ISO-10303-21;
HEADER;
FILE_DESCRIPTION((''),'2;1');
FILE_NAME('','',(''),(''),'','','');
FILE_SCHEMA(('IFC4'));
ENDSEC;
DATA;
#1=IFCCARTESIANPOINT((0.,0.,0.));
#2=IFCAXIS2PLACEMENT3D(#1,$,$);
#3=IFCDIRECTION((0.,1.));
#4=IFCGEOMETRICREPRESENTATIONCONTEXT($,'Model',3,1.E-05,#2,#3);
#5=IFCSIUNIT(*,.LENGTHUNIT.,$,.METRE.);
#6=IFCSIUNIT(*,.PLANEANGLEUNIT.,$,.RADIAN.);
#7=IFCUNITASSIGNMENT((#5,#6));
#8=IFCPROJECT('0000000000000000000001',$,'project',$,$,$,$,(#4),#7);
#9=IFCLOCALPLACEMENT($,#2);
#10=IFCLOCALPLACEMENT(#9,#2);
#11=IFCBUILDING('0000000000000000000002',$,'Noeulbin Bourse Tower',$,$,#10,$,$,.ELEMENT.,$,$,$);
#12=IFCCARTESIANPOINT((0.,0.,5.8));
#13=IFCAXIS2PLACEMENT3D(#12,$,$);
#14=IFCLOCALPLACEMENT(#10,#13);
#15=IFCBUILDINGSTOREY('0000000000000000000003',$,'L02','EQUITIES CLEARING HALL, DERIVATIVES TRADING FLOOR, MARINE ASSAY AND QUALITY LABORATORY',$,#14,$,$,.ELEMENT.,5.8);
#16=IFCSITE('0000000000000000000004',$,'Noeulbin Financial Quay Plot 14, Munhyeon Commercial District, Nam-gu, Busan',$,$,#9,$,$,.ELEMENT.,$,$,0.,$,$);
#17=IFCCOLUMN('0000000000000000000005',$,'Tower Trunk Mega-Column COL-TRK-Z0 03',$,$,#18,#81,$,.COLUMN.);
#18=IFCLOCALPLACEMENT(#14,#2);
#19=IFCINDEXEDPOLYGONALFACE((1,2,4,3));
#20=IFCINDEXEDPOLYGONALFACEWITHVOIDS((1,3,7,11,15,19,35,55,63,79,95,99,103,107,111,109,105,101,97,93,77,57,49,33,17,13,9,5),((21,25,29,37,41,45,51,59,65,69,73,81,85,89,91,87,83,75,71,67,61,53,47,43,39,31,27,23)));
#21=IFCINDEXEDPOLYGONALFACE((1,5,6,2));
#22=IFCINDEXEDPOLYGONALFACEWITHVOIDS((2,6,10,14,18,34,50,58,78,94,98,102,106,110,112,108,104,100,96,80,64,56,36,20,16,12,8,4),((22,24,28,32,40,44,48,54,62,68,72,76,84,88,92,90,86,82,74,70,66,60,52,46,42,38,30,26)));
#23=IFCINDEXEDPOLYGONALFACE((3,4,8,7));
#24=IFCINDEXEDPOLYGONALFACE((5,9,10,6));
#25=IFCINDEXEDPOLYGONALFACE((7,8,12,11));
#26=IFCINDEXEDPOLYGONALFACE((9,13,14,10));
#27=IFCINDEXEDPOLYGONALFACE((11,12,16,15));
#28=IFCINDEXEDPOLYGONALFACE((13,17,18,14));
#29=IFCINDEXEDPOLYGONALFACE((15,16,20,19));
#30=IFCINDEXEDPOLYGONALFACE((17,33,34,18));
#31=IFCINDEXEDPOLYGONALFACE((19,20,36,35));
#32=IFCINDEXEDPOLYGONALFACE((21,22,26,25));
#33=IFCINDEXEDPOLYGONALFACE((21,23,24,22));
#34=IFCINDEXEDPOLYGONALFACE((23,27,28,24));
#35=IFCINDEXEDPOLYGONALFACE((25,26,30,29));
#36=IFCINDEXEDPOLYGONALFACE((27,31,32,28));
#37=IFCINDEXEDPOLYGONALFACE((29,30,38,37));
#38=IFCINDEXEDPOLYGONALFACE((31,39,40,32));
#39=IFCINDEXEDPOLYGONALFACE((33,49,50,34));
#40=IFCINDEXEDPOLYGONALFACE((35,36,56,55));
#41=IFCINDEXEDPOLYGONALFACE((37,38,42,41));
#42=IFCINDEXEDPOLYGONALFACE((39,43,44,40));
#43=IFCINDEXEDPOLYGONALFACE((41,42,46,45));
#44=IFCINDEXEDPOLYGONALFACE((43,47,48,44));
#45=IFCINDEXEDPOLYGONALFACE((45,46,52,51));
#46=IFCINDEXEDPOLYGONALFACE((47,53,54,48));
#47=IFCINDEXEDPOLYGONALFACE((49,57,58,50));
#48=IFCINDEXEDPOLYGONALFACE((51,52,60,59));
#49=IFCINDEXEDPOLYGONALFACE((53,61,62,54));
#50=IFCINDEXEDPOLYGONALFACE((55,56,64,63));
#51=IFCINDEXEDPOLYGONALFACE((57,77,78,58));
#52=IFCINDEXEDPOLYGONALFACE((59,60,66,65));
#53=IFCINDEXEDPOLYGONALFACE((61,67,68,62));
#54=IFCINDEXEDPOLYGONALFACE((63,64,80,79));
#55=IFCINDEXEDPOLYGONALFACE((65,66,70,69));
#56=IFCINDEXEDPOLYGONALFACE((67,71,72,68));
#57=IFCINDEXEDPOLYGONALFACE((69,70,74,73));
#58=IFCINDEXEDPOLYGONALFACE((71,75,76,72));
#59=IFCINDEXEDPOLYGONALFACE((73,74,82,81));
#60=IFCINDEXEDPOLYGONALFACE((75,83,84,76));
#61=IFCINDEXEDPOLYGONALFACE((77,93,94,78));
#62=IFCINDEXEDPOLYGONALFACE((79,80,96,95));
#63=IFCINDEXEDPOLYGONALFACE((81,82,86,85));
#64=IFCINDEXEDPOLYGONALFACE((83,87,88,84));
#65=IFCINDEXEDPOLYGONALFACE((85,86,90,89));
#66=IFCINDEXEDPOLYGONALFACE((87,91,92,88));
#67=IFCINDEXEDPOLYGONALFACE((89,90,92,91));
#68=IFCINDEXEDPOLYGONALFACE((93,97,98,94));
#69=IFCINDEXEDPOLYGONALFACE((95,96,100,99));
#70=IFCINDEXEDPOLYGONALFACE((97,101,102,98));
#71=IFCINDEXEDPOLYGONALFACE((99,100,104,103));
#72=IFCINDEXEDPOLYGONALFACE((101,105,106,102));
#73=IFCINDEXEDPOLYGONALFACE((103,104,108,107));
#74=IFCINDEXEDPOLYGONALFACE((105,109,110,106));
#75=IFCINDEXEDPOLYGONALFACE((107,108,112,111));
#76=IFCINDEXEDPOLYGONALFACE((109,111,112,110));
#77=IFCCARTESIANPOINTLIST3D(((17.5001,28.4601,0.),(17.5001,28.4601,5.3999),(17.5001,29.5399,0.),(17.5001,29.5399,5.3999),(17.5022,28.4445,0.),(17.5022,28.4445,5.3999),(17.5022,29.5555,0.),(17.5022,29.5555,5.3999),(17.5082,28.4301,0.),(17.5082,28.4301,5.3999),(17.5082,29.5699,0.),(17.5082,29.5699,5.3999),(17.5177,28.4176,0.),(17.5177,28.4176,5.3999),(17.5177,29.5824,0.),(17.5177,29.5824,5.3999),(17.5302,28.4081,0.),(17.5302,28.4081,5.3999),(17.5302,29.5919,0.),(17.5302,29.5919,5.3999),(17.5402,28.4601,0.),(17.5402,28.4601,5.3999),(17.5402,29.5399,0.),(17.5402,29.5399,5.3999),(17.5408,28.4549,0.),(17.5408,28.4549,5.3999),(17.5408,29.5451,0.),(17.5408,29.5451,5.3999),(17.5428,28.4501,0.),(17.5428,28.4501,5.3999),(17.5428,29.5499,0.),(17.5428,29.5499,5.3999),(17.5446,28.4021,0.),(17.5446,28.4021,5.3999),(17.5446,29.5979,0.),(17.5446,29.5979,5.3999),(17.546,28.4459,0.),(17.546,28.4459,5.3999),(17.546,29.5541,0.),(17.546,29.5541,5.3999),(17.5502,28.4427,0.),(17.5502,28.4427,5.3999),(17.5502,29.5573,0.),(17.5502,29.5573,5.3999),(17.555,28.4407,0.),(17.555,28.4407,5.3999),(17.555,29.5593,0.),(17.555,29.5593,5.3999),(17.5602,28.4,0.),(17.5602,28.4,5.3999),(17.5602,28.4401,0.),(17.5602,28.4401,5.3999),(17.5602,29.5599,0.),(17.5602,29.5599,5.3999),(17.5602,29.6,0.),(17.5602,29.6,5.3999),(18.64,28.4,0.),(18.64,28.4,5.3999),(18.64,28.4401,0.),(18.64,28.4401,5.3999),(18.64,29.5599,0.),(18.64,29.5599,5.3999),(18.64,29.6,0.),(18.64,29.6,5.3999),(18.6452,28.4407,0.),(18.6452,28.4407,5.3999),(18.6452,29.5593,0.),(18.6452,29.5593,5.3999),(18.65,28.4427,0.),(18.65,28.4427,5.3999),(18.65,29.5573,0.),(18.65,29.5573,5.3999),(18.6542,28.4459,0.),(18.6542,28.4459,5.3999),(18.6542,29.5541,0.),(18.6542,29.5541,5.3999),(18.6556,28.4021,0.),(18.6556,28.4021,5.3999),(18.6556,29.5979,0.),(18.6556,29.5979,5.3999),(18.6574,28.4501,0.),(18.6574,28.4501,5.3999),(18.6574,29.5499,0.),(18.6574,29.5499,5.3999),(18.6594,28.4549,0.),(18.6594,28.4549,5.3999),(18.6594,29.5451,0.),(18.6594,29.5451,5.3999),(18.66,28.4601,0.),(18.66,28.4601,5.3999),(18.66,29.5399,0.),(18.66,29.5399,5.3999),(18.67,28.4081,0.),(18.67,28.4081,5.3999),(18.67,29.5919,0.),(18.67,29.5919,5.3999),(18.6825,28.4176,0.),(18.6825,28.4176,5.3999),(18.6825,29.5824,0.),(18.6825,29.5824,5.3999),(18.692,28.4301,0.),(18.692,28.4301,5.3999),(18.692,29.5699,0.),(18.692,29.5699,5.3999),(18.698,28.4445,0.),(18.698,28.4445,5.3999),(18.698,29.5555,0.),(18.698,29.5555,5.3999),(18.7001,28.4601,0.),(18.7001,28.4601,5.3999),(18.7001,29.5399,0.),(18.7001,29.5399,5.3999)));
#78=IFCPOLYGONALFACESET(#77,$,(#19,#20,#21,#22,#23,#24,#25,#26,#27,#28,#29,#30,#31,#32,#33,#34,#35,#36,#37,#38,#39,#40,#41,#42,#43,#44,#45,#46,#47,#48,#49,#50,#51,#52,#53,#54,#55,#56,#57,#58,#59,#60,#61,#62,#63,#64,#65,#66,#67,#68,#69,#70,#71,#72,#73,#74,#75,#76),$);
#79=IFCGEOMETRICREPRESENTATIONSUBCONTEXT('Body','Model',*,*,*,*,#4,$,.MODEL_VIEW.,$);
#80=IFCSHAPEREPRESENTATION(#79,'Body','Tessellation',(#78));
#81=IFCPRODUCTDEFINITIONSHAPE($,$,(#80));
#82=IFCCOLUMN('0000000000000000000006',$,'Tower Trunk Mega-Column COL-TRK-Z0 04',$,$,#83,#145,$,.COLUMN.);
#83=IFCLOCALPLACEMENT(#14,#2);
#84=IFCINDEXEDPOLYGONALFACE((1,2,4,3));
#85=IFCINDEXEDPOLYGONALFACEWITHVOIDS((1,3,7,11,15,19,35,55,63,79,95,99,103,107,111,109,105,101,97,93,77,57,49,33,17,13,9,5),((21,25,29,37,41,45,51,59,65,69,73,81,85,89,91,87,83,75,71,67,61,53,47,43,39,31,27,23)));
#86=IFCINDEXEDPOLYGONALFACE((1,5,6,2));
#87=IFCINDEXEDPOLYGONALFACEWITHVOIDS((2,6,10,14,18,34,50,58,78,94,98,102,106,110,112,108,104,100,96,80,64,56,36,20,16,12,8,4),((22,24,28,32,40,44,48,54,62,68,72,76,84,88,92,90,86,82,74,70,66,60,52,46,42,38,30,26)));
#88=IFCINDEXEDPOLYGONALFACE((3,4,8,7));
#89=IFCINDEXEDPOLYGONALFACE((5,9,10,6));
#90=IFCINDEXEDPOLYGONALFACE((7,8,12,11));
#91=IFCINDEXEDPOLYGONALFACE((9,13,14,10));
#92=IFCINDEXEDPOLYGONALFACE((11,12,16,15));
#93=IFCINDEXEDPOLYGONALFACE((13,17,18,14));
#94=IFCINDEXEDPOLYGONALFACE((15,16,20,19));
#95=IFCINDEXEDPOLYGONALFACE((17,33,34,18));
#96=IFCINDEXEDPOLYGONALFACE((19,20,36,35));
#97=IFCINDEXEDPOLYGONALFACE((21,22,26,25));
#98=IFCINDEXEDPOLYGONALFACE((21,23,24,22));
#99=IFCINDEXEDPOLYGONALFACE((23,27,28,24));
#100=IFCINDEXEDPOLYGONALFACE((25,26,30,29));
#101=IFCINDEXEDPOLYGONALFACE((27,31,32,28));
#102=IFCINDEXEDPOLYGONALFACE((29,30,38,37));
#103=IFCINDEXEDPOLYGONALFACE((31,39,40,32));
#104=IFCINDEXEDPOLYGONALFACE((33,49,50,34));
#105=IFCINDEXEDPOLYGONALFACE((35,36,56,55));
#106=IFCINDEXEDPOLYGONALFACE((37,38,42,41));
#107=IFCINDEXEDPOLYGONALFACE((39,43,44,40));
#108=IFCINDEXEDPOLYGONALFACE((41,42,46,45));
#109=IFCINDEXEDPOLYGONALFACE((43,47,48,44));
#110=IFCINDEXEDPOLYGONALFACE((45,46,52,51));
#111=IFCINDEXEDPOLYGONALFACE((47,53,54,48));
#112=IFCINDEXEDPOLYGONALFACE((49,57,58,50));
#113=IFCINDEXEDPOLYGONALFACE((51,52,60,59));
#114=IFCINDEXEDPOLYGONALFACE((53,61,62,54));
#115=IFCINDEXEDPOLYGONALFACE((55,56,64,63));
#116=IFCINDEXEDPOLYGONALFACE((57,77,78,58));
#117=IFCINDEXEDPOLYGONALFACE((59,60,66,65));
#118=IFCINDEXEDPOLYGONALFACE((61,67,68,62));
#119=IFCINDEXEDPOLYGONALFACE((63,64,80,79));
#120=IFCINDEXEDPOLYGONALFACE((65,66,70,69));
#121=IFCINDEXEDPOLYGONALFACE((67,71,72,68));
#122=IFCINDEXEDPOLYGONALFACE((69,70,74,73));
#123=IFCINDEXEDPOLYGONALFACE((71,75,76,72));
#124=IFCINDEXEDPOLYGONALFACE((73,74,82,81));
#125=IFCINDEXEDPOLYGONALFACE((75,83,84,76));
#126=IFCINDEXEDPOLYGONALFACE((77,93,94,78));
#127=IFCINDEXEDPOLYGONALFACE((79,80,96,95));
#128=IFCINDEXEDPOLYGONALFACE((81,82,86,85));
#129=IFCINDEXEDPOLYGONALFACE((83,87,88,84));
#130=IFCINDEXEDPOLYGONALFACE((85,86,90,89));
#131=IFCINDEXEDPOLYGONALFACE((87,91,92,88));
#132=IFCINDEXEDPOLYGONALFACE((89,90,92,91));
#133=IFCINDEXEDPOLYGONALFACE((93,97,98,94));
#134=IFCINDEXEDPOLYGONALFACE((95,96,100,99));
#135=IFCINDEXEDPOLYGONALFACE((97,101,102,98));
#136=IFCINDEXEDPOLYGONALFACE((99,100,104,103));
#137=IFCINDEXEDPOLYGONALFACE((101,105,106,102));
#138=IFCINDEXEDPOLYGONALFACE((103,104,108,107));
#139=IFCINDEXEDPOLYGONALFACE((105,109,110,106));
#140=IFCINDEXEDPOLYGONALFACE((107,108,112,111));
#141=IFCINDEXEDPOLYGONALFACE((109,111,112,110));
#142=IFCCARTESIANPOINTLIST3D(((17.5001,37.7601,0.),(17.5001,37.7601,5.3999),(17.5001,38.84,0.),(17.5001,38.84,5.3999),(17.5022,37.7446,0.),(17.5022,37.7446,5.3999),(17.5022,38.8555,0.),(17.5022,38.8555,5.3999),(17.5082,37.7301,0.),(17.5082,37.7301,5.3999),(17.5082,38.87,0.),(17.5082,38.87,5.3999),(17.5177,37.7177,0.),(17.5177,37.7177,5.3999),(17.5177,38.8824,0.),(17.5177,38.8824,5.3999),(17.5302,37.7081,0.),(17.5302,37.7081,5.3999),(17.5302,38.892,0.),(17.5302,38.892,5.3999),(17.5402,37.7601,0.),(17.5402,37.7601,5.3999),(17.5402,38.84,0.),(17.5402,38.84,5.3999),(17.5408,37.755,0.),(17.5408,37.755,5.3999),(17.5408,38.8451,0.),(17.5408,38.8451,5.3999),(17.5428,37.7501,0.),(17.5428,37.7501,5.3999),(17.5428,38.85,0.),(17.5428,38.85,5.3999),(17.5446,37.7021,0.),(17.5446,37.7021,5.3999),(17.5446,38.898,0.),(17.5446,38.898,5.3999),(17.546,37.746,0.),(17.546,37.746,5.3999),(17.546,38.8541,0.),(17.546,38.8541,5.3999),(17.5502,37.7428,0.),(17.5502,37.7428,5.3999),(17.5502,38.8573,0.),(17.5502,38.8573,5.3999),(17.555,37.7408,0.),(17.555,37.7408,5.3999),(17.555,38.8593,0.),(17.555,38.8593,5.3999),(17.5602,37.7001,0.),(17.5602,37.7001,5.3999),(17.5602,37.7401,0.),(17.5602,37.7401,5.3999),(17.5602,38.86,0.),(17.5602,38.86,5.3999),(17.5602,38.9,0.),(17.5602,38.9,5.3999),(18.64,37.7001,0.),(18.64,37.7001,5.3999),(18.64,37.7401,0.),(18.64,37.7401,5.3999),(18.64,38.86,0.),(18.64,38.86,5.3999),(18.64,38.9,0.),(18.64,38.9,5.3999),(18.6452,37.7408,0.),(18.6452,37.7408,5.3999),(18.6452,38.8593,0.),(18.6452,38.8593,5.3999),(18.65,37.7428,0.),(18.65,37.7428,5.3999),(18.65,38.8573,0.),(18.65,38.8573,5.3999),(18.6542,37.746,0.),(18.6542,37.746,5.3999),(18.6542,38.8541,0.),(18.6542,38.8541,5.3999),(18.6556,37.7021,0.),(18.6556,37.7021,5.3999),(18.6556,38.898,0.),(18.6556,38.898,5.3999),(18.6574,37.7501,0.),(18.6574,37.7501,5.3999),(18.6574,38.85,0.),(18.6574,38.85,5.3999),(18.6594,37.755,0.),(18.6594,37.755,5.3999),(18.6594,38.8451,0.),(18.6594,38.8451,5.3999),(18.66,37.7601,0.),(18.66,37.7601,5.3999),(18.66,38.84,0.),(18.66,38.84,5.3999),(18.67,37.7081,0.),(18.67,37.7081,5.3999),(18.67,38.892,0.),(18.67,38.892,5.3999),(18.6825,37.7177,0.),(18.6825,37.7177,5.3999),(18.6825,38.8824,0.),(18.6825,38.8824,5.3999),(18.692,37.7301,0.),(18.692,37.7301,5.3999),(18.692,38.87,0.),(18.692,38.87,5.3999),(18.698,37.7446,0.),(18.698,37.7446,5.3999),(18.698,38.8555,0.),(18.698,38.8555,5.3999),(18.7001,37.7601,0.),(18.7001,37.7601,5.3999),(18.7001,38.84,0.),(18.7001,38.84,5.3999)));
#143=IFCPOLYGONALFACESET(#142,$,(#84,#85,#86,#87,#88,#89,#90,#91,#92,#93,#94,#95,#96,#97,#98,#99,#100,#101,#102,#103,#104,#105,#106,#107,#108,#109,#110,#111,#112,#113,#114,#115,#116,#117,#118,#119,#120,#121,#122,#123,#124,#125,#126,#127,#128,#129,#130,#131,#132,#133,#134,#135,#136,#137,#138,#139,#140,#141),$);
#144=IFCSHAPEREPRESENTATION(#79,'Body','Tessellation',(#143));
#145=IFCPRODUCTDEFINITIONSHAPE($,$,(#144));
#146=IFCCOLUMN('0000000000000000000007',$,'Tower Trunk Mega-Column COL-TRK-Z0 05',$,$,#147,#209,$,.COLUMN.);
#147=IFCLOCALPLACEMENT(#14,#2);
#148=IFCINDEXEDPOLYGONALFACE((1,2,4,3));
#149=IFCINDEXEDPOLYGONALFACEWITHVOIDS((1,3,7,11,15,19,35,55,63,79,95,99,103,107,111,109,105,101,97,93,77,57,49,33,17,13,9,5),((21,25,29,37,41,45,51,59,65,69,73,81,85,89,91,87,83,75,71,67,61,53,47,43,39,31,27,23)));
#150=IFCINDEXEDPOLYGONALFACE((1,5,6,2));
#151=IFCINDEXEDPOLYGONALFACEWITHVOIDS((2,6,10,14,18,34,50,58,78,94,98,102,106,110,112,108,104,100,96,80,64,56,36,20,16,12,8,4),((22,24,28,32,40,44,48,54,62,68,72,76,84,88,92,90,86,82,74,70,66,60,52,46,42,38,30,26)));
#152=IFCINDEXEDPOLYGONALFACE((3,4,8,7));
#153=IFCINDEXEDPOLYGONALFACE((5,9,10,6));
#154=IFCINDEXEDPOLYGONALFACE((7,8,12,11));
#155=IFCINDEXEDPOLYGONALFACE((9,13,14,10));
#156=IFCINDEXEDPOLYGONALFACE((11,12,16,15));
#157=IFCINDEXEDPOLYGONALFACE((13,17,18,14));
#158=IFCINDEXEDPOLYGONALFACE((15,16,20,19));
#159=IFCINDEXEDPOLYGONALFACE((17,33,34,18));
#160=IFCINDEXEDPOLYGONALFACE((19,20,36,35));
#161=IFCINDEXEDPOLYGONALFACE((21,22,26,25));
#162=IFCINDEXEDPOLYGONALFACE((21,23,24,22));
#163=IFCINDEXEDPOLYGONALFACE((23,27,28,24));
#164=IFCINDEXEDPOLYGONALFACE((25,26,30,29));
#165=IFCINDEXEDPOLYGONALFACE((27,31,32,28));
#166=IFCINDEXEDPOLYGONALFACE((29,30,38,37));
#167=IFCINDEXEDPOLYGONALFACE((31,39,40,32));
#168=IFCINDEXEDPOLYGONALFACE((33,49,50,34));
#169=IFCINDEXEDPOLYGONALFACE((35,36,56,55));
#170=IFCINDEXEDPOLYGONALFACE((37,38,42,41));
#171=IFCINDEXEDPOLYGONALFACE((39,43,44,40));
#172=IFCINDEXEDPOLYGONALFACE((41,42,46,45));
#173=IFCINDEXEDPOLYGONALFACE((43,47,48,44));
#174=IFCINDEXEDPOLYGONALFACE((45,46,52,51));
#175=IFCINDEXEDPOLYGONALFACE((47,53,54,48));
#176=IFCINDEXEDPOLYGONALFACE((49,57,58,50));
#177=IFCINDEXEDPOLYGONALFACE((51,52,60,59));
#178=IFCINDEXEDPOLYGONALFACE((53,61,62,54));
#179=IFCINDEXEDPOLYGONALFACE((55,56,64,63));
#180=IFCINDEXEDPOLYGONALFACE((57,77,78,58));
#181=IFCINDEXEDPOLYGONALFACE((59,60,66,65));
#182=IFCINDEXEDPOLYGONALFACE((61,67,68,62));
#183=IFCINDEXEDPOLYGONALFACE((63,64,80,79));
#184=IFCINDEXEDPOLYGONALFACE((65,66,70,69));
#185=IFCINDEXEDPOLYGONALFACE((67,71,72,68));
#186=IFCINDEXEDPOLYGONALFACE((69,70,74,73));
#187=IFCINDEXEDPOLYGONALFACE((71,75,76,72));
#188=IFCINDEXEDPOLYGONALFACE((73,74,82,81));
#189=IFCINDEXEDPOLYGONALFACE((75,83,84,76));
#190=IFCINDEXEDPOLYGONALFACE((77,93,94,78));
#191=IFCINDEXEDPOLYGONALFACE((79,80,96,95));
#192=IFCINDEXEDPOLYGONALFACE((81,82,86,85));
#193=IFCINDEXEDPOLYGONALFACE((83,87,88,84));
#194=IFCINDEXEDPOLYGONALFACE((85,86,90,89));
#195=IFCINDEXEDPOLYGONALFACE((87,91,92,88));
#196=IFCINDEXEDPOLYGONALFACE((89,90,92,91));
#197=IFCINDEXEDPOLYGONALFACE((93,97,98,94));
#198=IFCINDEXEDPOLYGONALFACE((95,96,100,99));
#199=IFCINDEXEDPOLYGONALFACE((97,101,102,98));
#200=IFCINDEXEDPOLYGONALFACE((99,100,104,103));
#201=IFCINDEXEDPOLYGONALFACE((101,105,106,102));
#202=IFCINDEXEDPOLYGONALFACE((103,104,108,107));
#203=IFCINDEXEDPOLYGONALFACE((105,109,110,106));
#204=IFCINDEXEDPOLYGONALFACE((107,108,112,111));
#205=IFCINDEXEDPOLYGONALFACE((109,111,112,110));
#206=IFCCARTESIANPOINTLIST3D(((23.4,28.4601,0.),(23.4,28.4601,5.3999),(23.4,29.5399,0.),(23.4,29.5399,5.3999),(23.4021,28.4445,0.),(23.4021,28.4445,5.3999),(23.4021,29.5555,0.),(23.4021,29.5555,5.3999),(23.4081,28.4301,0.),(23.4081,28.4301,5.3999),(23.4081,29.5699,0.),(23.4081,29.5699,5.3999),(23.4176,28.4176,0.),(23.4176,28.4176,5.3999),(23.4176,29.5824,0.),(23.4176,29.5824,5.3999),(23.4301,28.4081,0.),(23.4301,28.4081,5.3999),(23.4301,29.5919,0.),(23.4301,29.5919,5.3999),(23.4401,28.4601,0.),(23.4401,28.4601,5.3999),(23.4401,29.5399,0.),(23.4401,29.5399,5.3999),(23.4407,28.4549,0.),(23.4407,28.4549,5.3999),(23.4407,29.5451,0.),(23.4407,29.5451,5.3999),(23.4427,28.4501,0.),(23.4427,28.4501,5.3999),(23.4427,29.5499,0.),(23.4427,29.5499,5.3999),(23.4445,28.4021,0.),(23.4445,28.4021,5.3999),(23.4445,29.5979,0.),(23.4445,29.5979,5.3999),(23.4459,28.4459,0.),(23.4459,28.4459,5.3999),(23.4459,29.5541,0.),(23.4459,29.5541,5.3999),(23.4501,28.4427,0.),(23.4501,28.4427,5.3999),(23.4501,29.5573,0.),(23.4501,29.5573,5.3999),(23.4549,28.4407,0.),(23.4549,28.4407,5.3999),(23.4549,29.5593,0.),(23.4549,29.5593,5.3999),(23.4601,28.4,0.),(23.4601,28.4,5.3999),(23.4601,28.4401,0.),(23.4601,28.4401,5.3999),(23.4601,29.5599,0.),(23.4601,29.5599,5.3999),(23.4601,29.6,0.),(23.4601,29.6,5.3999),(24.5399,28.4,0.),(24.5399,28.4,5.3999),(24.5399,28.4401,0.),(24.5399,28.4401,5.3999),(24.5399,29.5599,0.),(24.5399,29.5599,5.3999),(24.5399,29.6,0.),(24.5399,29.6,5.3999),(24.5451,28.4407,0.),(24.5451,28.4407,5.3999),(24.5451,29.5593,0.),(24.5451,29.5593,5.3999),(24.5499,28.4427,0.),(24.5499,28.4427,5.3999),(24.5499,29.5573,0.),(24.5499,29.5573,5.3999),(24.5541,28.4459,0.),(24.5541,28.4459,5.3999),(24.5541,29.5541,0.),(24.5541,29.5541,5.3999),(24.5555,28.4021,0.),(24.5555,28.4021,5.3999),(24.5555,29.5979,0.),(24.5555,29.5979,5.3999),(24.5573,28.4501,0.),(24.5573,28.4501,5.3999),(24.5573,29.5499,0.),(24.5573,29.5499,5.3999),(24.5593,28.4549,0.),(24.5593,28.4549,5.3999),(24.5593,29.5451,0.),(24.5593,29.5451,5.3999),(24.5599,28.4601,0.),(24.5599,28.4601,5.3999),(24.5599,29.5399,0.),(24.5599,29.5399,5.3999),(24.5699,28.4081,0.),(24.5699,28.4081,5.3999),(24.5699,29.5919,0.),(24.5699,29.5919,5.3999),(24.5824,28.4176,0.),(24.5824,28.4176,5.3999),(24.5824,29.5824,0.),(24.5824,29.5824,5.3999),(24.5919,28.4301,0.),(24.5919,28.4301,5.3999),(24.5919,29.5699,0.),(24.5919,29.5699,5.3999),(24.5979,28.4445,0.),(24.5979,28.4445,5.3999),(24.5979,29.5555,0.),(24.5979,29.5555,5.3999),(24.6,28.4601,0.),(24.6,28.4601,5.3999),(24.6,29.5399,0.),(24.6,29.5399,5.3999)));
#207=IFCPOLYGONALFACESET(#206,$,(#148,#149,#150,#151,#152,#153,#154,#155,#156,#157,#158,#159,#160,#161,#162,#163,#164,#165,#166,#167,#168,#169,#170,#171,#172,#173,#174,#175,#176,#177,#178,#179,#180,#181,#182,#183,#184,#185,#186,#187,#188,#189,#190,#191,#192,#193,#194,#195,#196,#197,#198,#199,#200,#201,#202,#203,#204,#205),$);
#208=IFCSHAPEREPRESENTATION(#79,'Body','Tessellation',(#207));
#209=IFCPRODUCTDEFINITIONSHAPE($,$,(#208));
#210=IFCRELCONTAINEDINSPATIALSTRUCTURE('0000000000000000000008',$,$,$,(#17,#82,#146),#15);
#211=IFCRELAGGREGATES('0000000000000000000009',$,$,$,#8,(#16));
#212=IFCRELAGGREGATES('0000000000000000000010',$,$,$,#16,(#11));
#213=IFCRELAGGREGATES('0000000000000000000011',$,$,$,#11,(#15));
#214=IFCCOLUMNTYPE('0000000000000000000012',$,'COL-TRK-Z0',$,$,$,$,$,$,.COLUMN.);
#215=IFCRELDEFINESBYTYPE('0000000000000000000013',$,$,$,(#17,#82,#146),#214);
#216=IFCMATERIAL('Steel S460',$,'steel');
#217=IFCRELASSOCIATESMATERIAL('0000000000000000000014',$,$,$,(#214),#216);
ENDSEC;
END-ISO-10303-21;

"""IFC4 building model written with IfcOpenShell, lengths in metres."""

from ifc_helpers import new_model, si_unit, direction, frame, origin, origin_2d, place, context, subcontext, project, spatial, hollow_rectangle, extrude, material, material_profile, profile_set, type_object, element, save


model = new_model("IFC4")

# Units and contexts
model_context = context("Model", 3, precision=1e-05, world=origin(), true_north=direction((0.0, 1.0)))
body_context = subcontext(model_context, "Body", "Model", "MODEL_VIEW")
ifc_project = project(units=[si_unit("LENGTHUNIT", "METRE"), si_unit("PLANEANGLEUNIT", "RADIAN")], contexts=[model_context])

# Site, building, storey
site_placement = place(None, origin())
site = spatial("IfcSite", under=ifc_project, at=site_placement, Name="Noeulbin Financial Quay Plot 14, Munhyeon Commercial District, Nam-gu, Busan", CompositionType="ELEMENT", RefElevation=0.0)
building_placement = place(site_placement, origin())
building = spatial("IfcBuilding", under=site, at=building_placement, Name="Noeulbin Bourse Tower", CompositionType="ELEMENT")
storey_placement = place(building_placement, frame((0.0, 0.0, 5.8)))
storey = spatial("IfcBuildingStorey", under=building, at=storey_placement, Name="L02", Description="EQUITIES CLEARING HALL, DERIVATIVES TRADING FLOOR, MARINE ASSAY AND QUALITY LABORATORY", CompositionType="ELEMENT", Elevation=5.8)

# Columns
ifc_material_1 = material(Name="Steel S460", Category="steel")
ifc_material_profile_1 = material_profile(ifc_material_1, hollow_rectangle(XDim=1.2, YDim=1.2, WallThickness=0.04, InnerFilletRadius=0.02, OuterFilletRadius=0.0601, at=origin_2d()), Name="BOX-1200x1200x40", Category="LoadBearing")
ifc_profile_set_1 = profile_set([ifc_material_profile_1], Name="Steel S460")
column_type = type_object("IfcColumnType", Name="COL-TRK-Z0", PredefinedType="COLUMN", material=ifc_profile_set_1)
for number, where, z_axis, x_axis, name in (
    (1, (18.1001, 29.0, 0.0), (0.0, 0.0, 1.0), (1.0, 0.0, 0.0), "Tower Trunk Mega-Column COL-TRK-Z0 03"),
    (2, (18.1001, 38.3, 0.0), (0.0, 0.0, 1.0), (1.0, 0.0, 0.0), "Tower Trunk Mega-Column COL-TRK-Z0 04"),
    (3, (24.0, 29.0, 0.0), (0.0, 0.0, 1.0), (1.0, 0.0, 0.0), "Tower Trunk Mega-Column COL-TRK-Z0 05"),
):
    element("IfcColumn", number, at=place(storey_placement, frame(where, z_axis=z_axis, x_axis=x_axis)), inside=storey, type_object=column_type, Name=name, PredefinedType="COLUMN", context=body_context, shape_type="SweptSolid", body=[
        extrude(hollow_rectangle(XDim=1.2, YDim=1.2, WallThickness=0.04, InnerFilletRadius=0.02, OuterFilletRadius=0.0601, at=origin_2d()), origin(), (0.0, 0.0, 1.0), 5.3999),
    ])

save(model, "model.ifc")
